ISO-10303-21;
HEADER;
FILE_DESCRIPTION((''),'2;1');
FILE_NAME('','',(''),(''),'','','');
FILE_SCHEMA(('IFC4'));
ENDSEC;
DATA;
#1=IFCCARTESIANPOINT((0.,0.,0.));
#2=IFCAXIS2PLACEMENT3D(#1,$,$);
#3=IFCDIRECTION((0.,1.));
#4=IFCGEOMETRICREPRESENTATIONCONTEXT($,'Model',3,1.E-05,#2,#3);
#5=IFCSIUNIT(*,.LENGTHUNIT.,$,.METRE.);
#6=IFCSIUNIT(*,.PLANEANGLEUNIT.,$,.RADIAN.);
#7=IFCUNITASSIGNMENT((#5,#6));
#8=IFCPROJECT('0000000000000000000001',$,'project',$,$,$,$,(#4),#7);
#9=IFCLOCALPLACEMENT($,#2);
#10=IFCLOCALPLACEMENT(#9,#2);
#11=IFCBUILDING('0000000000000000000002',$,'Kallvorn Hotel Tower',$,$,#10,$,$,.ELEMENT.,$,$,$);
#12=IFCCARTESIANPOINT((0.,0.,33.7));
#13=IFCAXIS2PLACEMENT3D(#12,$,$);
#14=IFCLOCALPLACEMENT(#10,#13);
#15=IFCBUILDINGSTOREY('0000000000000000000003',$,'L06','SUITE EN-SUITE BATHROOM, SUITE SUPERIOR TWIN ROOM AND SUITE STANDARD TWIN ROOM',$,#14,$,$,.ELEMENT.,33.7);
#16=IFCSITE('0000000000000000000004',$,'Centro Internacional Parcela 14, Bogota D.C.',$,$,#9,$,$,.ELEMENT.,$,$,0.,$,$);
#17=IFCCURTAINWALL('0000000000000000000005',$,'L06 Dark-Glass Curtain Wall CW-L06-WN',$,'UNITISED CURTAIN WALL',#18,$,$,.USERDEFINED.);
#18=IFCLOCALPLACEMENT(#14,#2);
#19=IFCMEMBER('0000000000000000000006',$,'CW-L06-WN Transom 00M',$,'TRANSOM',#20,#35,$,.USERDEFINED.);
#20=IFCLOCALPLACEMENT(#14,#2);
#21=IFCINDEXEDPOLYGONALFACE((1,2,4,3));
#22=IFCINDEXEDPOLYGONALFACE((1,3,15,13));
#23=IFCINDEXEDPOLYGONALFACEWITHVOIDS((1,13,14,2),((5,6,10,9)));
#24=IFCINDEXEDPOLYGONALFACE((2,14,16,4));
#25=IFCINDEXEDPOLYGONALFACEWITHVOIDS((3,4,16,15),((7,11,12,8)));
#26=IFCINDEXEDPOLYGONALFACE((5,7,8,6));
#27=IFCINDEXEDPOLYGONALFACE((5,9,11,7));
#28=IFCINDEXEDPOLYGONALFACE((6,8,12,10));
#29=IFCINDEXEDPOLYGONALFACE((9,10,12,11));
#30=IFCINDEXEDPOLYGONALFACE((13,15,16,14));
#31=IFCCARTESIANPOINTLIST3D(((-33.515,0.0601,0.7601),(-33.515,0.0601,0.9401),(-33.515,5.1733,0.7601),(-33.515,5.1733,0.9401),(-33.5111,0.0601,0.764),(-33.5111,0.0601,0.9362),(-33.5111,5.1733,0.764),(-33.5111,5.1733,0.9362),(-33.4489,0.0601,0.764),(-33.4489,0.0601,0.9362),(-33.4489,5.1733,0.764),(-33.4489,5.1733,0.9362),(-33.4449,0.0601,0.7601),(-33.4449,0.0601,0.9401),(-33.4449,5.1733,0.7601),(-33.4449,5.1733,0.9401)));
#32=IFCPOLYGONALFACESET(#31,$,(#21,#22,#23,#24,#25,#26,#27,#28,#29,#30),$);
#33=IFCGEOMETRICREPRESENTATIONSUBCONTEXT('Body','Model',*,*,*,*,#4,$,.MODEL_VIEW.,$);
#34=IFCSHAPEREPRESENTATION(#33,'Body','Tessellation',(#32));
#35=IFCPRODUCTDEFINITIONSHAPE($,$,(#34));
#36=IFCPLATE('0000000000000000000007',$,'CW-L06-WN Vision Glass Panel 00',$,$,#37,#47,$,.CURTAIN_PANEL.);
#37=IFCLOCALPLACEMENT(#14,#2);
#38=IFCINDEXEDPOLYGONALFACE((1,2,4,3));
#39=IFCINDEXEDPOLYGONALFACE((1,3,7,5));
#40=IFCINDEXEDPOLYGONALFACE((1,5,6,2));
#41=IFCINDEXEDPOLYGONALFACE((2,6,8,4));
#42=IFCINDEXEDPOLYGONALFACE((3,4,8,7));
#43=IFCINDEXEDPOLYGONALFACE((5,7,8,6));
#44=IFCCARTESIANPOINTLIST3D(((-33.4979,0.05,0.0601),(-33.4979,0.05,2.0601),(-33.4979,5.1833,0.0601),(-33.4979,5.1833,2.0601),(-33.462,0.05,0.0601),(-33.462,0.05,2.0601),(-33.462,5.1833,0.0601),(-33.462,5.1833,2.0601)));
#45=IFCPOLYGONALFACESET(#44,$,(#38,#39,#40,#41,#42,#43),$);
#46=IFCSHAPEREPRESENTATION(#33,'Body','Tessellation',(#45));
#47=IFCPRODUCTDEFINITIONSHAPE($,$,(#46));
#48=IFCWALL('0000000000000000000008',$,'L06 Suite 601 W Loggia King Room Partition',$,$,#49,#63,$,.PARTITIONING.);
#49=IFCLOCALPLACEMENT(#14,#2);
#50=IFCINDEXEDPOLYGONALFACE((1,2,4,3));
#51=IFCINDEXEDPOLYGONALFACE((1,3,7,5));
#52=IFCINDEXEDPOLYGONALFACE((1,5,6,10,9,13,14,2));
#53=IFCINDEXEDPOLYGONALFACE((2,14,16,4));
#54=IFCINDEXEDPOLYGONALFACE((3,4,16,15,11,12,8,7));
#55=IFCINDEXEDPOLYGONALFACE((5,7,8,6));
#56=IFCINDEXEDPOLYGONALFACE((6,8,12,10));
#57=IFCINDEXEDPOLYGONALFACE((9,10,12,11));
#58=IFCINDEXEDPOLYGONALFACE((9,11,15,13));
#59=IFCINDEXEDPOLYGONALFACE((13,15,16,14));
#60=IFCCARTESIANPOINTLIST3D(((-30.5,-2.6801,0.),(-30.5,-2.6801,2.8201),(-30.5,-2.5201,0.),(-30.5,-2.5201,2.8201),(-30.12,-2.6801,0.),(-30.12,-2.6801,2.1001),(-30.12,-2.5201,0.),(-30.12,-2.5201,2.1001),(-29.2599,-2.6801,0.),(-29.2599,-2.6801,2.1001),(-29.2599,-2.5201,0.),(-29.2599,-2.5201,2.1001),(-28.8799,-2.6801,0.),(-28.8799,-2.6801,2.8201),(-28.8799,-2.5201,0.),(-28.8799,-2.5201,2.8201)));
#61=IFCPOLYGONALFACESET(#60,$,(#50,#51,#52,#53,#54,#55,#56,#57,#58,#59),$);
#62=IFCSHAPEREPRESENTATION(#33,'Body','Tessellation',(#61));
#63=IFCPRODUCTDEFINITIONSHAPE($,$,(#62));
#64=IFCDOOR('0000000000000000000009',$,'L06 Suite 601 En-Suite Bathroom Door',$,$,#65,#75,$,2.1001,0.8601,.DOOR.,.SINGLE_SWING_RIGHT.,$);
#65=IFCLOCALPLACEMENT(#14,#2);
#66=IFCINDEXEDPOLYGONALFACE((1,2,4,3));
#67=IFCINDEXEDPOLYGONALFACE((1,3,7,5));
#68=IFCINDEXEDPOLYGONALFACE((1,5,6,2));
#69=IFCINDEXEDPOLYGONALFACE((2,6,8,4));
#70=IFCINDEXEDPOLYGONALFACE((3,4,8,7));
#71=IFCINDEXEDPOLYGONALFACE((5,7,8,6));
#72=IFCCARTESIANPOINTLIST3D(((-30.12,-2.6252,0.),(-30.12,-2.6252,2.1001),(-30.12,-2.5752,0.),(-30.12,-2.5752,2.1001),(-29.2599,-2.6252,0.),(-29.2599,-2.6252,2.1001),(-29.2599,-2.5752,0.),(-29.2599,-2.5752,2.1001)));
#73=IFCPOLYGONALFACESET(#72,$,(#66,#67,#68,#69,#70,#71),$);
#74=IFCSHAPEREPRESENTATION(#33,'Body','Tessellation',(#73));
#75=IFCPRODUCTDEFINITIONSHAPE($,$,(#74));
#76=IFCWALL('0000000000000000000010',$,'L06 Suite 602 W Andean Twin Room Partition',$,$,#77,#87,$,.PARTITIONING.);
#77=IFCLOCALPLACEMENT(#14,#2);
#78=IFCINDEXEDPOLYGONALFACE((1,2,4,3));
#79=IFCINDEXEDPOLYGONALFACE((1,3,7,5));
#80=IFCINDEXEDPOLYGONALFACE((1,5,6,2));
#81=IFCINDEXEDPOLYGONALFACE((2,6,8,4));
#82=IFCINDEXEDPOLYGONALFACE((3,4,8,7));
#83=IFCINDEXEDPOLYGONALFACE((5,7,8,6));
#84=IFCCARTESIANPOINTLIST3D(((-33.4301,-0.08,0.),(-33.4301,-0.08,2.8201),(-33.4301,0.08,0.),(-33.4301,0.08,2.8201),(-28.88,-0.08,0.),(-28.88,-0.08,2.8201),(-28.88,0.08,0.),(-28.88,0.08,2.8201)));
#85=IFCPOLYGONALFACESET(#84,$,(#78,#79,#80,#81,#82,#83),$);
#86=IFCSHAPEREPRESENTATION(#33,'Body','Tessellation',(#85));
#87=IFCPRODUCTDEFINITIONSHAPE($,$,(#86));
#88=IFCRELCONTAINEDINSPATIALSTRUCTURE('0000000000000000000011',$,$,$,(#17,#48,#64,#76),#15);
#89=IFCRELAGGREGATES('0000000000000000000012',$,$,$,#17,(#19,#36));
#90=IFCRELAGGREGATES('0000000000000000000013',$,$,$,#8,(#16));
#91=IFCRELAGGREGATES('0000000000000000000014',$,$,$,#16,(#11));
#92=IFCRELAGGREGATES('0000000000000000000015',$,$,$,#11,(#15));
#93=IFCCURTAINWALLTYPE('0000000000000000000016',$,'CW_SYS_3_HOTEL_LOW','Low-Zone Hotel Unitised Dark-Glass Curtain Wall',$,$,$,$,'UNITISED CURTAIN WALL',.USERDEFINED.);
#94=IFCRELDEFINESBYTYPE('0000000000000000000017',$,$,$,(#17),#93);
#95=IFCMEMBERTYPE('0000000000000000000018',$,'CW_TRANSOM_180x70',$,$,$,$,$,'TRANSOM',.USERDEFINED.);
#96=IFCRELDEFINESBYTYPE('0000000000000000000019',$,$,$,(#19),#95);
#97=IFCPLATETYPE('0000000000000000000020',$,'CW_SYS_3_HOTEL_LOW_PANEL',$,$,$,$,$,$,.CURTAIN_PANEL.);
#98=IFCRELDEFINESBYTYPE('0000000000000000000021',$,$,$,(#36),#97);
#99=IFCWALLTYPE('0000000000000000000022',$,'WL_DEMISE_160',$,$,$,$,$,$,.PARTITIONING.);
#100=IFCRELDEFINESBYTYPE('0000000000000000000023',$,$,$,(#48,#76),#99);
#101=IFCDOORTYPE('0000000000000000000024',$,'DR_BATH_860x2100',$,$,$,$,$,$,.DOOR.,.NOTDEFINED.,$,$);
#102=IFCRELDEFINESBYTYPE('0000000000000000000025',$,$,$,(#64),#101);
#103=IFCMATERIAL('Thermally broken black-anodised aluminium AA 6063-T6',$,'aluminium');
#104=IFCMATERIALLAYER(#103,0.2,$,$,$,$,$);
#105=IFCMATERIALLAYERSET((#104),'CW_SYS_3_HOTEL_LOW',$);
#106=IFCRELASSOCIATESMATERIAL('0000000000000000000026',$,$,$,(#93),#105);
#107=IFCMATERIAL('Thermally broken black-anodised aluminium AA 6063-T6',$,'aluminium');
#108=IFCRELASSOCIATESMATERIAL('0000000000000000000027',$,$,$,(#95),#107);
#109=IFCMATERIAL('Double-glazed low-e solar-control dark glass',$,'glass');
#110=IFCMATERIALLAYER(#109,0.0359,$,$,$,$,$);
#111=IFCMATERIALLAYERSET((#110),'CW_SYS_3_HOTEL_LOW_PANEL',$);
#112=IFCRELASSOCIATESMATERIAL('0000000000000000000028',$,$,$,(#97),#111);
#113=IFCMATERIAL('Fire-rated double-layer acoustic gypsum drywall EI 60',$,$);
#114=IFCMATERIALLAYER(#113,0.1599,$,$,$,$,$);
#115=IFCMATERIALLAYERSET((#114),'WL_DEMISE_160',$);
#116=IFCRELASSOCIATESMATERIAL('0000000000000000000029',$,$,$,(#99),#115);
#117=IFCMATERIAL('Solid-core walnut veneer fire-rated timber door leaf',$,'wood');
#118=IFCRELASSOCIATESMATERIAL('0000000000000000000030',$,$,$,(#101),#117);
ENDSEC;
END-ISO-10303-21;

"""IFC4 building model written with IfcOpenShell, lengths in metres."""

from ifc_helpers import new_model, si_unit, direction, frame, frame_2d, origin, origin_2d, place, context, subcontext, project, spatial, rectangle, hollow_rectangle, extrude, material, layer, layer_set, material_profile, profile_set, type_object, element, fill, aggregate, save


model = new_model("IFC4")

# Units and contexts
model_context = context("Model", 3, precision=1e-05, world=origin(), true_north=direction((0.0, 1.0)))
body_context = subcontext(model_context, "Body", "Model", "MODEL_VIEW")
ifc_project = project(units=[si_unit("LENGTHUNIT", "METRE"), si_unit("PLANEANGLEUNIT", "RADIAN")], contexts=[model_context])

# Site, building, storey
site_placement = place(None, origin())
site = spatial("IfcSite", under=ifc_project, at=site_placement, Name="Centro Internacional Parcela 14, Bogota D.C.", CompositionType="ELEMENT", RefElevation=0.0)
building_placement = place(site_placement, origin())
building = spatial("IfcBuilding", under=site, at=building_placement, Name="Kallvorn Hotel Tower", CompositionType="ELEMENT")
storey_placement = place(building_placement, frame((0.0, 0.0, 33.7)))
storey = spatial("IfcBuildingStorey", under=building, at=storey_placement, Name="L06", Description="SUITE EN-SUITE BATHROOM, SUITE SUPERIOR TWIN ROOM AND SUITE STANDARD TWIN ROOM", CompositionType="ELEMENT", Elevation=33.7)

# Curtain wall, member, plate
ifc_material_1 = material(Name="Thermally broken black-anodised aluminium AA 6063-T6", Category="aluminium")
ifc_layer_1 = layer(ifc_material_1, 0.2)
ifc_layer_set_1 = layer_set([ifc_layer_1], Name="CW_SYS_3_HOTEL_LOW")
curtain_wall_type = type_object("IfcCurtainWallType", Name="CW_SYS_3_HOTEL_LOW", Description="Low-Zone Hotel Unitised Dark-Glass Curtain Wall", ElementType="UNITISED CURTAIN WALL", PredefinedType="USERDEFINED", material=ifc_layer_set_1)
curtain_wall_placement = place(storey_placement, origin())
curtain_wall = element("IfcCurtainWall", 1, at=curtain_wall_placement, inside=storey, type_object=curtain_wall_type, Name="L06 Dark-Glass Curtain Wall CW-L06-WN", ObjectType="UNITISED CURTAIN WALL", PredefinedType="USERDEFINED")
ifc_material_2 = material(Name="Thermally broken black-anodised aluminium AA 6063-T6", Category="aluminium")
ifc_material_profile_1 = material_profile(ifc_material_2, hollow_rectangle(XDim=0.0701, YDim=0.1799, WallThickness=0.0039, at=origin_2d()), Name="TRN 180x70")
ifc_profile_set_1 = profile_set([ifc_material_profile_1], Name="Thermally broken black-anodised aluminium AA 6063-T6")
member_type_1 = type_object("IfcMemberType", Name="CW_TRANSOM_180x70", ElementType="TRANSOM", PredefinedType="USERDEFINED", material=ifc_profile_set_1)
member_1_placement = place(storey_placement, frame((-33.48, 0.0601, 0.8501), z_axis=(0.0, 1.0, 0.0), x_axis=(-1.0, 0.0, 0.0)))
member_1 = element("IfcMember", 2, at=member_1_placement, type_object=member_type_1, Name="CW-L06-WN Transom 00M", ObjectType="TRANSOM", PredefinedType="USERDEFINED", context=body_context, shape_type="SweptSolid", body=[
    extrude(hollow_rectangle(XDim=0.0701, YDim=0.1799, WallThickness=0.0039, at=origin_2d()), origin(), (0.0, 0.0, 1.0), 5.1133),
])
ifc_material_3 = material(Name="Double-glazed low-e solar-control dark glass", Category="glass")
ifc_layer_2 = layer(ifc_material_3, 0.0359)
ifc_layer_set_2 = layer_set([ifc_layer_2], Name="CW_SYS_3_HOTEL_LOW_PANEL")
plate_type = type_object("IfcPlateType", Name="CW_SYS_3_HOTEL_LOW_PANEL", PredefinedType="CURTAIN_PANEL", material=ifc_layer_set_2)
plate_placement = place(storey_placement, frame((-33.48, 2.6167, 0.0601), z_axis=(0.0, 0.0, 1.0), x_axis=(0.0, 1.0, 0.0)))
plate = element("IfcPlate", 3, at=plate_placement, type_object=plate_type, Name="CW-L06-WN Vision Glass Panel 00", PredefinedType="CURTAIN_PANEL", context=body_context, shape_type="SweptSolid", body=[
    extrude(rectangle(XDim=5.1333, YDim=0.0359, at=origin_2d()), origin(), (0.0, 0.0, 1.0), 2.0),
])
aggregate(curtain_wall, [member_1, plate])

# Wall, opening, door
ifc_material_4 = material(Name="Fire-rated double-layer acoustic gypsum drywall EI 60")
ifc_layer_3 = layer(ifc_material_4, 0.1599)
ifc_layer_set_3 = layer_set([ifc_layer_3], Name="WL_DEMISE_160")
wall_type = type_object("IfcWallType", Name="WL_DEMISE_160", PredefinedType="PARTITIONING", material=ifc_layer_set_3)
wall_1_placement = place(storey_placement, frame((-30.5, -2.6001, 0.0), z_axis=(0.0, 0.0, 1.0), x_axis=(1.0, 0.0, 0.0)))
wall_1 = element("IfcWall", 4, at=wall_1_placement, inside=storey, type_object=wall_type, Name="L06 Suite 601 W Loggia King Room Partition", PredefinedType="PARTITIONING", context=body_context, shape_type="SweptSolid", body=[
    extrude(rectangle(XDim=1.6201, YDim=0.1599, at=frame_2d((0.8101, 0.0))), origin(), (0.0, 0.0, 1.0), 2.8201),
])
opening_placement = place(wall_1_placement, frame((0.3799, 0.0, 0.0)))
opening = element("IfcOpeningElement", 5, at=opening_placement, cuts=wall_1, PredefinedType="OPENING", context=body_context, shape_type="SweptSolid", body=[
    extrude(rectangle(XDim=0.8601, YDim=2.1001, at=frame_2d((0.4302, 1.05))), frame((0.0, 0.095, 0.0), z_axis=(0.0, -1.0, 0.0), x_axis=(1.0, 0.0, 0.0)), (0.0, 0.0, 1.0), 0.1899),
])
ifc_material_5 = material(Name="Solid-core walnut veneer fire-rated timber door leaf", Category="wood")
door_type = type_object("IfcDoorType", Name="DR_BATH_860x2100", OperationType="NOTDEFINED", PredefinedType="DOOR", material=ifc_material_5)
door_placement = place(opening_placement, origin())
door = element("IfcDoor", 6, at=door_placement, inside=storey, type_object=door_type, Name="L06 Suite 601 En-Suite Bathroom Door", OperationType="SINGLE_SWING_RIGHT", OverallHeight=2.1001, OverallWidth=0.8601, PredefinedType="DOOR", context=body_context, shape_type="SweptSolid", body=[
    extrude(rectangle(XDim=0.8601, YDim=2.1001, at=frame_2d((0.4302, 1.05))), frame((0.0, 0.0249, 0.0), z_axis=(0.0, -1.0, 0.0), x_axis=(1.0, 0.0, 0.0)), (0.0, 0.0, 1.0), 0.05),
])
fill(opening, door)

# Wall
wall_2_placement = place(storey_placement, frame((-33.4299, 0.0, 0.0), z_axis=(0.0, 0.0, 1.0), x_axis=(1.0, 0.0, 0.0)))
element("IfcWall", 7, at=wall_2_placement, inside=storey, type_object=wall_type, Name="L06 Suite 602 W Andean Twin Room Partition", PredefinedType="PARTITIONING", context=body_context, shape_type="SweptSolid", body=[
    extrude(rectangle(XDim=4.55, YDim=0.1599, at=frame_2d((2.2749, 0.0))), origin(), (0.0, 0.0, 1.0), 2.8201),
])

save(model, "model.ifc")
